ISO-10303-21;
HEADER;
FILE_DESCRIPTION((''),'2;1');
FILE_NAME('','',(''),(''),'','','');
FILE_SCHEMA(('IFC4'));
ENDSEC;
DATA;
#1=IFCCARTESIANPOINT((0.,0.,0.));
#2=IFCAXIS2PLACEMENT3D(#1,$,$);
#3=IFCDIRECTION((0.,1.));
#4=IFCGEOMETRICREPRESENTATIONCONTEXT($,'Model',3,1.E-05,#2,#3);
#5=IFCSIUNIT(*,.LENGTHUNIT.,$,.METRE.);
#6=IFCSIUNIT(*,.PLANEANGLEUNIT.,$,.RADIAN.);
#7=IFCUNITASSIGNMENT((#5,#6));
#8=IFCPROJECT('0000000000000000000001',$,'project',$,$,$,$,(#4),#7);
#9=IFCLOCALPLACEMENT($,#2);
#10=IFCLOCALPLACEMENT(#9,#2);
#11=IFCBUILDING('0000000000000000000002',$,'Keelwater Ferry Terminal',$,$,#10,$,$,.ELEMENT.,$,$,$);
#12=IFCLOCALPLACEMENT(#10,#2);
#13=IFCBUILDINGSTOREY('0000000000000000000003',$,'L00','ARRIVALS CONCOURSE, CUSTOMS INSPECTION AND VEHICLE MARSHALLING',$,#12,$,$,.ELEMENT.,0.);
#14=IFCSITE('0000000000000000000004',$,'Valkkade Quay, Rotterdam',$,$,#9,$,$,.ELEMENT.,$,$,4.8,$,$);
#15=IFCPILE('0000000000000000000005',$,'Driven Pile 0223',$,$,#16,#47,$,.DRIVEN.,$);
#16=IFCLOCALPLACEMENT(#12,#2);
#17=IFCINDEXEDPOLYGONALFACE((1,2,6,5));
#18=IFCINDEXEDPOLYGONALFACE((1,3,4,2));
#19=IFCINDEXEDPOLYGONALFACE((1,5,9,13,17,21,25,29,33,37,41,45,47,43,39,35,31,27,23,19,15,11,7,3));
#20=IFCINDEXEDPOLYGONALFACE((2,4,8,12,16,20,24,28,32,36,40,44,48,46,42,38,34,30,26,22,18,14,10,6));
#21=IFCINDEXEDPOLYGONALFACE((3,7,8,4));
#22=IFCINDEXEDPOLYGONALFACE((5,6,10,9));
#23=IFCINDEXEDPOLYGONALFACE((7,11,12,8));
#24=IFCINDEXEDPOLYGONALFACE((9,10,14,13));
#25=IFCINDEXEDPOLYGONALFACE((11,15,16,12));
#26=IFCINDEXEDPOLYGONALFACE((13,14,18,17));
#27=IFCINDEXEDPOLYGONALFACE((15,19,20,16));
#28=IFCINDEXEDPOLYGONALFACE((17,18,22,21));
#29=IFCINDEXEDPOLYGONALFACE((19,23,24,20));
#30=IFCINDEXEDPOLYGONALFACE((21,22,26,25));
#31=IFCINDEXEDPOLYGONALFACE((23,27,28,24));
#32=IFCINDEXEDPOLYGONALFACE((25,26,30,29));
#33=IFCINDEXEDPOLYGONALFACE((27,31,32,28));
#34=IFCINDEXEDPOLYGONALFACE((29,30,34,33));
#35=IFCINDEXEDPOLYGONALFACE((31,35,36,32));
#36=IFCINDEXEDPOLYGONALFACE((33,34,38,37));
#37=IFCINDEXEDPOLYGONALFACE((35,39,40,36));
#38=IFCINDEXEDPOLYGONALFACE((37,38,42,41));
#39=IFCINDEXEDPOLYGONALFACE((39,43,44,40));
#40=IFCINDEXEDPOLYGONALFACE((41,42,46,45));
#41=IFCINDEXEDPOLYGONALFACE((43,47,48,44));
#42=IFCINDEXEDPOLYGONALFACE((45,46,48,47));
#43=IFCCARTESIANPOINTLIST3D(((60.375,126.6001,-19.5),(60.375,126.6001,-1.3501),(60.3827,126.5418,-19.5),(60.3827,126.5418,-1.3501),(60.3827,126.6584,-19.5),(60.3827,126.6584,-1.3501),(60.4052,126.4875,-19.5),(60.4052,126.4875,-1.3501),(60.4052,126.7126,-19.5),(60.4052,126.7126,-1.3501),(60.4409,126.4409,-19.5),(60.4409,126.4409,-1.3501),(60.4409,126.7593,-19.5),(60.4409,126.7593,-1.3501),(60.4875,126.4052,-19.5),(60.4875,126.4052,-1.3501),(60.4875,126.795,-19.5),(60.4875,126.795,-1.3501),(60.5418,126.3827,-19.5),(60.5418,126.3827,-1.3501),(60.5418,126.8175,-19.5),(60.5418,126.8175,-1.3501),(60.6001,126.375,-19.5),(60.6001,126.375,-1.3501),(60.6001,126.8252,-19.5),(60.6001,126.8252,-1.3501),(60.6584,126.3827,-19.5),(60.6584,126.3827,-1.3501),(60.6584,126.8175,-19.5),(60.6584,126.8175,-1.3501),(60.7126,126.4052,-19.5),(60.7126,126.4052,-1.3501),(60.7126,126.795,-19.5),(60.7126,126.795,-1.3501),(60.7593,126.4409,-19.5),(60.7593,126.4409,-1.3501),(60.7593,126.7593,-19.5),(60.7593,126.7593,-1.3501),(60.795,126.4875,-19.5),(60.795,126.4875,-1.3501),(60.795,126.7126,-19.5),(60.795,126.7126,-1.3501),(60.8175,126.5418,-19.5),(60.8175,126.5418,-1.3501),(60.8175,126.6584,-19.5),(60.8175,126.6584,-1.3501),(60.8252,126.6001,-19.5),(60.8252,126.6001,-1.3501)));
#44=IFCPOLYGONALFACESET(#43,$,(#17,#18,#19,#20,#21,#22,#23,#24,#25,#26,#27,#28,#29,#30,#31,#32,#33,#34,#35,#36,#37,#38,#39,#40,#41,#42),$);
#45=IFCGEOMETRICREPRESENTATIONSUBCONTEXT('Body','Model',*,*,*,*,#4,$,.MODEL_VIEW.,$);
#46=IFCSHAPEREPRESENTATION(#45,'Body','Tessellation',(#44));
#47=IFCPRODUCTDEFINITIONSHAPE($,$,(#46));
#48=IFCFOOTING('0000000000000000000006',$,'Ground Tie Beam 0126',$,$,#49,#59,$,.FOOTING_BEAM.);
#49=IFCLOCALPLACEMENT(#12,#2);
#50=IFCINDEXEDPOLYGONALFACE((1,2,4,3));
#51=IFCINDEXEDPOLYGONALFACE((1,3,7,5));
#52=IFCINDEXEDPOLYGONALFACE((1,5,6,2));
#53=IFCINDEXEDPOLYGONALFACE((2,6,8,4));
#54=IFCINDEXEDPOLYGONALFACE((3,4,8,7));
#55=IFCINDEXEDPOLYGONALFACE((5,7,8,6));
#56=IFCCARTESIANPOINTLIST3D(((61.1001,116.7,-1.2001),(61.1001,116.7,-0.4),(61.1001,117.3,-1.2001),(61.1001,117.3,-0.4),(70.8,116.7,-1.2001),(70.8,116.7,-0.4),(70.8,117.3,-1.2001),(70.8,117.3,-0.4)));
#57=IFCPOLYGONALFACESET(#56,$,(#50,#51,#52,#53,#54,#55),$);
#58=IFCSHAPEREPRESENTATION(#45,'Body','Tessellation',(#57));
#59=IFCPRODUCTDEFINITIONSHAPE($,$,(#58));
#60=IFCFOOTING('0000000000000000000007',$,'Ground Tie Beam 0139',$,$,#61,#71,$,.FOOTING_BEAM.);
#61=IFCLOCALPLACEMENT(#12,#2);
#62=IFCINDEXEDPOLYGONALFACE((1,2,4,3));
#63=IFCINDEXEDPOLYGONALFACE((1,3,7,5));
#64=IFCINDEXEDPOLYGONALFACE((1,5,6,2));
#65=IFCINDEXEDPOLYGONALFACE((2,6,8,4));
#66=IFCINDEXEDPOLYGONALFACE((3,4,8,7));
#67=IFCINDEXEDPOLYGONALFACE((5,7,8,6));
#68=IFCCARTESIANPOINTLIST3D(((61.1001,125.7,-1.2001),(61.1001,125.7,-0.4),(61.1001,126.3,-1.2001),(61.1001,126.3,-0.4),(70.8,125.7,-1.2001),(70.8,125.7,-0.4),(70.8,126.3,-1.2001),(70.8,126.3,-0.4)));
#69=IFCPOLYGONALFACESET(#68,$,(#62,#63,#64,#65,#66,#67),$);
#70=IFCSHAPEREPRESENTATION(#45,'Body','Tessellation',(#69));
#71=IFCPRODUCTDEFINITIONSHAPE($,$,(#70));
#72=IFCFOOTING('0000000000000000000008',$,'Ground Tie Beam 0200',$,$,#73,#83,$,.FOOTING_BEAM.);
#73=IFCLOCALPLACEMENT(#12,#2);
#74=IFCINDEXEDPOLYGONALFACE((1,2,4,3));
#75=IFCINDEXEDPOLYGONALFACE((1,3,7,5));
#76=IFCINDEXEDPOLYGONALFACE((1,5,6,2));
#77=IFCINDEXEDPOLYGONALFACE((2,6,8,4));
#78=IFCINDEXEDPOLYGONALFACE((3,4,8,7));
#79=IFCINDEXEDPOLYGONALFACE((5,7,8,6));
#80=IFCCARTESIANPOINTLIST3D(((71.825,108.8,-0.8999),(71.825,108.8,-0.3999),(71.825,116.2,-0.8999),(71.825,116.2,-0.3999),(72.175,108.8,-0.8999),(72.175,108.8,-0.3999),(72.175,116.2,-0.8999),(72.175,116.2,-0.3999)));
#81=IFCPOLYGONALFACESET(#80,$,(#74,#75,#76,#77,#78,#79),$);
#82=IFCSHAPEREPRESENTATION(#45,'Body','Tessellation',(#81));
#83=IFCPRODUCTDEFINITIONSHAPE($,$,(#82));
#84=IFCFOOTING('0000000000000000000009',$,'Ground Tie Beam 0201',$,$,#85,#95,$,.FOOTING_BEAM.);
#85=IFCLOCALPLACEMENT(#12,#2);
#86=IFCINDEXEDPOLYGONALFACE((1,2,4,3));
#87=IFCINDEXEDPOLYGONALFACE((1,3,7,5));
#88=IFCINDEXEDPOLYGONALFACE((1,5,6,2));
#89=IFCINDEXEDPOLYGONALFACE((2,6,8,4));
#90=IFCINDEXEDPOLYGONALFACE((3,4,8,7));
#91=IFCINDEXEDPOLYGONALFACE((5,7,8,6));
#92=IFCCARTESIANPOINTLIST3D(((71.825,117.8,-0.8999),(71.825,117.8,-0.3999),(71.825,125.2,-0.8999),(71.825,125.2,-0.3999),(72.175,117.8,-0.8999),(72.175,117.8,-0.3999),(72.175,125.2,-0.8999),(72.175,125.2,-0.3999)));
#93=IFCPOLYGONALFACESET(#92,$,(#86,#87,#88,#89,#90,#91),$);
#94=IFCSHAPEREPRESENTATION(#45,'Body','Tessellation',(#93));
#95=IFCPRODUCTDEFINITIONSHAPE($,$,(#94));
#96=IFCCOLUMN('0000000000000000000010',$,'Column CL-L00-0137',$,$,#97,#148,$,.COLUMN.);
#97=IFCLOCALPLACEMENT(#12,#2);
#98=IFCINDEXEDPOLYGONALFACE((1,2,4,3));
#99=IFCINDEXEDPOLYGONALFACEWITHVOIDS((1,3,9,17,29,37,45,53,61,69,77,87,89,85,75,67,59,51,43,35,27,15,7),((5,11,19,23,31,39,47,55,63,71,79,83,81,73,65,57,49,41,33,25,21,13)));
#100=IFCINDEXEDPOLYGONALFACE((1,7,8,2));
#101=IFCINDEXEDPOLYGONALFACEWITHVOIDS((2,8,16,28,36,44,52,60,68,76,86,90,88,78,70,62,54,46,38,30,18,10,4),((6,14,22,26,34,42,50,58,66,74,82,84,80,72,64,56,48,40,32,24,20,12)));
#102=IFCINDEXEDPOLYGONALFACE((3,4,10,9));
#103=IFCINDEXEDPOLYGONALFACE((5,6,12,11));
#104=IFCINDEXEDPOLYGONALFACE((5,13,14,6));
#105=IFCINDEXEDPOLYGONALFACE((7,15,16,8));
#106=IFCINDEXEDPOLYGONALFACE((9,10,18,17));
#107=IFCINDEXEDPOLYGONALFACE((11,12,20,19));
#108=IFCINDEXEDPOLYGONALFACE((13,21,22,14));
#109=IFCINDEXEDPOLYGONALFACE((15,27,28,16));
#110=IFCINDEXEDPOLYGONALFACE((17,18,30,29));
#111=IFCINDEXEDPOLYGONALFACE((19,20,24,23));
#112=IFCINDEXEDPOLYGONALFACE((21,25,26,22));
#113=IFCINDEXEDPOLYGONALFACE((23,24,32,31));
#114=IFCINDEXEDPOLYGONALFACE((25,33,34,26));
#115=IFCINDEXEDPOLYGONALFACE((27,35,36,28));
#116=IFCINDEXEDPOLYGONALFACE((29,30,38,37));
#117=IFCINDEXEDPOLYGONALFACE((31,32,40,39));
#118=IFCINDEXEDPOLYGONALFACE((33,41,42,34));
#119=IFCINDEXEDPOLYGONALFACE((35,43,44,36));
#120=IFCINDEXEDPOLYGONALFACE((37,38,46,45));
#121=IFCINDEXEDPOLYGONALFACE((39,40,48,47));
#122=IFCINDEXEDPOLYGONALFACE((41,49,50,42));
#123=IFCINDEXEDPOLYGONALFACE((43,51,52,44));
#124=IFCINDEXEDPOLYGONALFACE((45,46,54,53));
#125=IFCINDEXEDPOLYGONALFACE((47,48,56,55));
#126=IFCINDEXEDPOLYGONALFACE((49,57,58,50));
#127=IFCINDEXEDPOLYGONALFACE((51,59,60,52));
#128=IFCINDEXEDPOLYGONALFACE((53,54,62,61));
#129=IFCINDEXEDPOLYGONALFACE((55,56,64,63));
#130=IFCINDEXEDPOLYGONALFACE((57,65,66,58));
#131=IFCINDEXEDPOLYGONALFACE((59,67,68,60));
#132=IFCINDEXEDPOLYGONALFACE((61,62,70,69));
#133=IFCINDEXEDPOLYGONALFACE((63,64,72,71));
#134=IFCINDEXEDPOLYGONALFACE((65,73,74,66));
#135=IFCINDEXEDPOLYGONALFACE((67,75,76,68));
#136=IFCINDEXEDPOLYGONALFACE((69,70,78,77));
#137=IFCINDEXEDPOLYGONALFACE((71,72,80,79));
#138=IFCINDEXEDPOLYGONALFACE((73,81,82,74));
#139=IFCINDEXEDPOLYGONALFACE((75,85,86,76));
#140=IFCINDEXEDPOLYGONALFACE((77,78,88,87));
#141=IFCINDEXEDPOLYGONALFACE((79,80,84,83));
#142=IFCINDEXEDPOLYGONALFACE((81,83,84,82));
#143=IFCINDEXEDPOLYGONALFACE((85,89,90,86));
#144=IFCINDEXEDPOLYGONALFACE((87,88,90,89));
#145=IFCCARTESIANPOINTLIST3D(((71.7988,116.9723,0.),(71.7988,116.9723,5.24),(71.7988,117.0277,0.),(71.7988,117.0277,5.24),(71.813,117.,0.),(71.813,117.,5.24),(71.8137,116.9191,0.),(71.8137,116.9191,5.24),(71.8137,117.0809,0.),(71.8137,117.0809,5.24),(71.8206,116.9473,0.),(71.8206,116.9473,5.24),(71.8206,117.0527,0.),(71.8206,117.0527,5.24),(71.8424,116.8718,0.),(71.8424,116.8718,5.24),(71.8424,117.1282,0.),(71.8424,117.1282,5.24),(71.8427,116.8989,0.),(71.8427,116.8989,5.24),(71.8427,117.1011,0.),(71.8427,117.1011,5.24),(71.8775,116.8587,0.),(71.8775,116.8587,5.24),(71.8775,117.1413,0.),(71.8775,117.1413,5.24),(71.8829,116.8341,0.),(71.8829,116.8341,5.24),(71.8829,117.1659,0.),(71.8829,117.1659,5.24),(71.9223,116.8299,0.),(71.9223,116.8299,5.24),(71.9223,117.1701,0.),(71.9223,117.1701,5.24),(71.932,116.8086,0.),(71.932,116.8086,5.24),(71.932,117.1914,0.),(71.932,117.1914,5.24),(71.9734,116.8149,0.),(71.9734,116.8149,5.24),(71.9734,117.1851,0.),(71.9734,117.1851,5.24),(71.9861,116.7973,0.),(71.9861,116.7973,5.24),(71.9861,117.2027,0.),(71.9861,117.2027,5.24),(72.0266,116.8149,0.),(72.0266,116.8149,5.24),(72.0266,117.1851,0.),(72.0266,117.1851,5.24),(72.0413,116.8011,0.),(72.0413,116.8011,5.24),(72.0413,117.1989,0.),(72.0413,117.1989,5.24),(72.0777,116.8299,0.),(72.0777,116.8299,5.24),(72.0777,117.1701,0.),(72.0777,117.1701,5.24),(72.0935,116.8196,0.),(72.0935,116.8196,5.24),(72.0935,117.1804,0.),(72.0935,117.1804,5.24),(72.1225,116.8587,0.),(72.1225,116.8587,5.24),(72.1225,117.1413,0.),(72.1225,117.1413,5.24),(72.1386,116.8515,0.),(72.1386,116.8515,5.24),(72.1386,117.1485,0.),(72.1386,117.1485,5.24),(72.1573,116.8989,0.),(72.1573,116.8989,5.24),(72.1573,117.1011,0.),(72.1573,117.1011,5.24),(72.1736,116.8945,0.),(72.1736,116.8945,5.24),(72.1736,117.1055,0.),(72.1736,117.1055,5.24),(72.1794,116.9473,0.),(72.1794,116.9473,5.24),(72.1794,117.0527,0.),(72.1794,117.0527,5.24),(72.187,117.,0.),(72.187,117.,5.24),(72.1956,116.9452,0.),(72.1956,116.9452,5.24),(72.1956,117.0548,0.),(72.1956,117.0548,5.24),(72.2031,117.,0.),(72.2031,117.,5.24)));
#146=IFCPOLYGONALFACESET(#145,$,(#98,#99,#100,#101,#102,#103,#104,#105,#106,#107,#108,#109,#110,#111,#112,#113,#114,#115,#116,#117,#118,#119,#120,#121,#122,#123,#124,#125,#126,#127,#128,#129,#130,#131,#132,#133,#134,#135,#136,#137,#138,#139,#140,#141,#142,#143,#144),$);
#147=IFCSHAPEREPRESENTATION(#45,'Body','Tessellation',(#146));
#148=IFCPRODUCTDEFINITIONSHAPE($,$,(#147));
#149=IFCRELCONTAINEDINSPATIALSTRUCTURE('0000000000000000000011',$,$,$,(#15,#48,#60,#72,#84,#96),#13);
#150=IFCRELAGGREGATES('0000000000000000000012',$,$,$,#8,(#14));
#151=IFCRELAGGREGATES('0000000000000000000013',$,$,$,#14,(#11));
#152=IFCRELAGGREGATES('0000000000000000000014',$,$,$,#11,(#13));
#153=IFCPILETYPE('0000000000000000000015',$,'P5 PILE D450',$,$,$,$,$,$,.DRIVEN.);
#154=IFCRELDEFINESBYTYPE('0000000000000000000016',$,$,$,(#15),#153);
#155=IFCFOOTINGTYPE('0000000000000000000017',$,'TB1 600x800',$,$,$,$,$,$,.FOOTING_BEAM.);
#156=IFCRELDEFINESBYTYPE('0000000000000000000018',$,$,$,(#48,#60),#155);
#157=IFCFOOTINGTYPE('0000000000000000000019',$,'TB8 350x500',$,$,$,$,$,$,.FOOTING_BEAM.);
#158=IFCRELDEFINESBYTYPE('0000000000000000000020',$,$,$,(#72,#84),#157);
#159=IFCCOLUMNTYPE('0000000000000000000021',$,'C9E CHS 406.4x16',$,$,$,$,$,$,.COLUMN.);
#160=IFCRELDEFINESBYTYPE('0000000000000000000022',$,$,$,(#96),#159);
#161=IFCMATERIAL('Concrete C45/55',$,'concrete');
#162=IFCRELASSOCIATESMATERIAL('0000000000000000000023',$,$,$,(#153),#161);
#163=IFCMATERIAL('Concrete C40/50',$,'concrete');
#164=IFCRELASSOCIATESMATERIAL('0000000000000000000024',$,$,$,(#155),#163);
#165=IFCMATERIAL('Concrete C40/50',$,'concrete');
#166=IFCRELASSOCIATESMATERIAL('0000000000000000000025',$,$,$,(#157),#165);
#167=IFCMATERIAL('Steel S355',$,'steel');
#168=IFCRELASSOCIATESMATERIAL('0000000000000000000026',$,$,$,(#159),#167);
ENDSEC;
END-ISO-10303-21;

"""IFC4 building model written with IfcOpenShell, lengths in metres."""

from ifc_helpers import new_model, si_unit, direction, frame, origin, origin_2d, place, context, subcontext, project, spatial, rectangle, circle, hollow_circle, extrude, material, material_profile, profile_set, type_object, element, save


model = new_model("IFC4")

# Units and contexts
model_context = context("Model", 3, precision=1e-05, world=origin(), true_north=direction((0.0, 1.0)))
body_context = subcontext(model_context, "Body", "Model", "MODEL_VIEW")
ifc_project = project(units=[si_unit("LENGTHUNIT", "METRE"), si_unit("PLANEANGLEUNIT", "RADIAN")], contexts=[model_context])

# Site, building, storey
site_placement = place(None, origin())
site = spatial("IfcSite", under=ifc_project, at=site_placement, Name="Valkkade Quay, Rotterdam", CompositionType="ELEMENT", RefElevation=4.8)
building_placement = place(site_placement, origin())
building = spatial("IfcBuilding", under=site, at=building_placement, Name="Keelwater Ferry Terminal", CompositionType="ELEMENT")
storey_placement = place(building_placement, origin())
storey = spatial("IfcBuildingStorey", under=building, at=storey_placement, Name="L00", Description="ARRIVALS CONCOURSE, CUSTOMS INSPECTION AND VEHICLE MARSHALLING", CompositionType="ELEMENT", Elevation=0.0)

# Pile
ifc_material_1 = material(Name="Concrete C45/55", Category="concrete")
ifc_material_profile_1 = material_profile(ifc_material_1, circle(Radius=0.2251, at=origin_2d()), Name="PILE D450")
ifc_profile_set_1 = profile_set([ifc_material_profile_1], Name="Concrete C45/55")
pile_type_1 = type_object("IfcPileType", Name="P5 PILE D450", PredefinedType="DRIVEN", material=ifc_profile_set_1)
for number, where, z_axis, x_axis, name in (
    (1, (60.6001, 126.6001, -1.3501), (0.0, 0.0, -1.0), (1.0, 0.0, 0.0), "Driven Pile 0223"),
):
    element("IfcPile", number, at=place(storey_placement, frame(where, z_axis=z_axis, x_axis=x_axis)), inside=storey, type_object=pile_type_1, Name=name, PredefinedType="DRIVEN", context=body_context, shape_type="SweptSolid", body=[
        extrude(circle(Radius=0.2251, at=origin_2d()), origin(), (0.0, 0.0, 1.0), 18.1499),
    ])

# Footings
ifc_material_2 = material(Name="Concrete C40/50", Category="concrete")
ifc_material_profile_2 = material_profile(ifc_material_2, rectangle(XDim=0.6001, YDim=0.8, at=origin_2d()), Name="TB 600x800")
ifc_profile_set_2 = profile_set([ifc_material_profile_2], Name="Concrete C40/50")
footing_type_1 = type_object("IfcFootingType", Name="TB1 600x800", PredefinedType="FOOTING_BEAM", material=ifc_profile_set_2)
for number, where, z_axis, x_axis, name in (
    (2, (61.1001, 117.0, -0.8), (1.0, 0.0, 0.0), (0.0, 1.0, 0.0), "Ground Tie Beam 0126"),
    (3, (61.1001, 126.0, -0.8), (1.0, 0.0, 0.0), (0.0, 1.0, 0.0), "Ground Tie Beam 0139"),
):
    element("IfcFooting", number, at=place(storey_placement, frame(where, z_axis=z_axis, x_axis=x_axis)), inside=storey, type_object=footing_type_1, Name=name, PredefinedType="FOOTING_BEAM", context=body_context, shape_type="SweptSolid", body=[
        extrude(rectangle(XDim=0.6001, YDim=0.8, at=origin_2d()), origin(), (0.0, 0.0, 1.0), 9.7),
    ])
ifc_material_3 = material(Name="Concrete C40/50", Category="concrete")
ifc_material_profile_3 = material_profile(ifc_material_3, rectangle(XDim=0.3501, YDim=0.5, at=origin_2d()), Name="TB 350x500")
ifc_profile_set_3 = profile_set([ifc_material_profile_3], Name="Concrete C40/50")
footing_type_2 = type_object("IfcFootingType", Name="TB8 350x500", PredefinedType="FOOTING_BEAM", material=ifc_profile_set_3)
for number, where, z_axis, x_axis, name in (
    (4, (72.0, 108.8, -0.6499), (0.0, 1.0, 0.0), (-1.0, 0.0, 0.0), "Ground Tie Beam 0200"),
    (5, (72.0, 117.8, -0.6499), (0.0, 1.0, 0.0), (-1.0, 0.0, 0.0), "Ground Tie Beam 0201"),
):
    element("IfcFooting", number, at=place(storey_placement, frame(where, z_axis=z_axis, x_axis=x_axis)), inside=storey, type_object=footing_type_2, Name=name, PredefinedType="FOOTING_BEAM", context=body_context, shape_type="SweptSolid", body=[
        extrude(rectangle(XDim=0.3501, YDim=0.5, at=origin_2d()), origin(), (0.0, 0.0, 1.0), 7.3999),
    ])

# Column
ifc_material_4 = material(Name="Steel S355", Category="steel")
ifc_material_profile_4 = material_profile(ifc_material_4, hollow_circle(Radius=0.2031, WallThickness=0.0161, at=origin_2d()), Name="CHS 406.4x16")
ifc_profile_set_4 = profile_set([ifc_material_profile_4], Name="Steel S355")
column_type = type_object("IfcColumnType", Name="C9E CHS 406.4x16", PredefinedType="COLUMN", material=ifc_profile_set_4)
for number, where, z_axis, x_axis, name in (
    (6, (72.0, 117.0, 0.0), (0.0, 0.0, 1.0), (1.0, 0.0, 0.0), "Column CL-L00-0137"),
):
    element("IfcColumn", number, at=place(storey_placement, frame(where, z_axis=z_axis, x_axis=x_axis)), inside=storey, type_object=column_type, Name=name, PredefinedType="COLUMN", context=body_context, shape_type="SweptSolid", body=[
        extrude(hollow_circle(Radius=0.2031, WallThickness=0.0161, at=origin_2d()), origin(), (0.0, 0.0, 1.0), 5.24),
    ])

save(model, "model.ifc")
